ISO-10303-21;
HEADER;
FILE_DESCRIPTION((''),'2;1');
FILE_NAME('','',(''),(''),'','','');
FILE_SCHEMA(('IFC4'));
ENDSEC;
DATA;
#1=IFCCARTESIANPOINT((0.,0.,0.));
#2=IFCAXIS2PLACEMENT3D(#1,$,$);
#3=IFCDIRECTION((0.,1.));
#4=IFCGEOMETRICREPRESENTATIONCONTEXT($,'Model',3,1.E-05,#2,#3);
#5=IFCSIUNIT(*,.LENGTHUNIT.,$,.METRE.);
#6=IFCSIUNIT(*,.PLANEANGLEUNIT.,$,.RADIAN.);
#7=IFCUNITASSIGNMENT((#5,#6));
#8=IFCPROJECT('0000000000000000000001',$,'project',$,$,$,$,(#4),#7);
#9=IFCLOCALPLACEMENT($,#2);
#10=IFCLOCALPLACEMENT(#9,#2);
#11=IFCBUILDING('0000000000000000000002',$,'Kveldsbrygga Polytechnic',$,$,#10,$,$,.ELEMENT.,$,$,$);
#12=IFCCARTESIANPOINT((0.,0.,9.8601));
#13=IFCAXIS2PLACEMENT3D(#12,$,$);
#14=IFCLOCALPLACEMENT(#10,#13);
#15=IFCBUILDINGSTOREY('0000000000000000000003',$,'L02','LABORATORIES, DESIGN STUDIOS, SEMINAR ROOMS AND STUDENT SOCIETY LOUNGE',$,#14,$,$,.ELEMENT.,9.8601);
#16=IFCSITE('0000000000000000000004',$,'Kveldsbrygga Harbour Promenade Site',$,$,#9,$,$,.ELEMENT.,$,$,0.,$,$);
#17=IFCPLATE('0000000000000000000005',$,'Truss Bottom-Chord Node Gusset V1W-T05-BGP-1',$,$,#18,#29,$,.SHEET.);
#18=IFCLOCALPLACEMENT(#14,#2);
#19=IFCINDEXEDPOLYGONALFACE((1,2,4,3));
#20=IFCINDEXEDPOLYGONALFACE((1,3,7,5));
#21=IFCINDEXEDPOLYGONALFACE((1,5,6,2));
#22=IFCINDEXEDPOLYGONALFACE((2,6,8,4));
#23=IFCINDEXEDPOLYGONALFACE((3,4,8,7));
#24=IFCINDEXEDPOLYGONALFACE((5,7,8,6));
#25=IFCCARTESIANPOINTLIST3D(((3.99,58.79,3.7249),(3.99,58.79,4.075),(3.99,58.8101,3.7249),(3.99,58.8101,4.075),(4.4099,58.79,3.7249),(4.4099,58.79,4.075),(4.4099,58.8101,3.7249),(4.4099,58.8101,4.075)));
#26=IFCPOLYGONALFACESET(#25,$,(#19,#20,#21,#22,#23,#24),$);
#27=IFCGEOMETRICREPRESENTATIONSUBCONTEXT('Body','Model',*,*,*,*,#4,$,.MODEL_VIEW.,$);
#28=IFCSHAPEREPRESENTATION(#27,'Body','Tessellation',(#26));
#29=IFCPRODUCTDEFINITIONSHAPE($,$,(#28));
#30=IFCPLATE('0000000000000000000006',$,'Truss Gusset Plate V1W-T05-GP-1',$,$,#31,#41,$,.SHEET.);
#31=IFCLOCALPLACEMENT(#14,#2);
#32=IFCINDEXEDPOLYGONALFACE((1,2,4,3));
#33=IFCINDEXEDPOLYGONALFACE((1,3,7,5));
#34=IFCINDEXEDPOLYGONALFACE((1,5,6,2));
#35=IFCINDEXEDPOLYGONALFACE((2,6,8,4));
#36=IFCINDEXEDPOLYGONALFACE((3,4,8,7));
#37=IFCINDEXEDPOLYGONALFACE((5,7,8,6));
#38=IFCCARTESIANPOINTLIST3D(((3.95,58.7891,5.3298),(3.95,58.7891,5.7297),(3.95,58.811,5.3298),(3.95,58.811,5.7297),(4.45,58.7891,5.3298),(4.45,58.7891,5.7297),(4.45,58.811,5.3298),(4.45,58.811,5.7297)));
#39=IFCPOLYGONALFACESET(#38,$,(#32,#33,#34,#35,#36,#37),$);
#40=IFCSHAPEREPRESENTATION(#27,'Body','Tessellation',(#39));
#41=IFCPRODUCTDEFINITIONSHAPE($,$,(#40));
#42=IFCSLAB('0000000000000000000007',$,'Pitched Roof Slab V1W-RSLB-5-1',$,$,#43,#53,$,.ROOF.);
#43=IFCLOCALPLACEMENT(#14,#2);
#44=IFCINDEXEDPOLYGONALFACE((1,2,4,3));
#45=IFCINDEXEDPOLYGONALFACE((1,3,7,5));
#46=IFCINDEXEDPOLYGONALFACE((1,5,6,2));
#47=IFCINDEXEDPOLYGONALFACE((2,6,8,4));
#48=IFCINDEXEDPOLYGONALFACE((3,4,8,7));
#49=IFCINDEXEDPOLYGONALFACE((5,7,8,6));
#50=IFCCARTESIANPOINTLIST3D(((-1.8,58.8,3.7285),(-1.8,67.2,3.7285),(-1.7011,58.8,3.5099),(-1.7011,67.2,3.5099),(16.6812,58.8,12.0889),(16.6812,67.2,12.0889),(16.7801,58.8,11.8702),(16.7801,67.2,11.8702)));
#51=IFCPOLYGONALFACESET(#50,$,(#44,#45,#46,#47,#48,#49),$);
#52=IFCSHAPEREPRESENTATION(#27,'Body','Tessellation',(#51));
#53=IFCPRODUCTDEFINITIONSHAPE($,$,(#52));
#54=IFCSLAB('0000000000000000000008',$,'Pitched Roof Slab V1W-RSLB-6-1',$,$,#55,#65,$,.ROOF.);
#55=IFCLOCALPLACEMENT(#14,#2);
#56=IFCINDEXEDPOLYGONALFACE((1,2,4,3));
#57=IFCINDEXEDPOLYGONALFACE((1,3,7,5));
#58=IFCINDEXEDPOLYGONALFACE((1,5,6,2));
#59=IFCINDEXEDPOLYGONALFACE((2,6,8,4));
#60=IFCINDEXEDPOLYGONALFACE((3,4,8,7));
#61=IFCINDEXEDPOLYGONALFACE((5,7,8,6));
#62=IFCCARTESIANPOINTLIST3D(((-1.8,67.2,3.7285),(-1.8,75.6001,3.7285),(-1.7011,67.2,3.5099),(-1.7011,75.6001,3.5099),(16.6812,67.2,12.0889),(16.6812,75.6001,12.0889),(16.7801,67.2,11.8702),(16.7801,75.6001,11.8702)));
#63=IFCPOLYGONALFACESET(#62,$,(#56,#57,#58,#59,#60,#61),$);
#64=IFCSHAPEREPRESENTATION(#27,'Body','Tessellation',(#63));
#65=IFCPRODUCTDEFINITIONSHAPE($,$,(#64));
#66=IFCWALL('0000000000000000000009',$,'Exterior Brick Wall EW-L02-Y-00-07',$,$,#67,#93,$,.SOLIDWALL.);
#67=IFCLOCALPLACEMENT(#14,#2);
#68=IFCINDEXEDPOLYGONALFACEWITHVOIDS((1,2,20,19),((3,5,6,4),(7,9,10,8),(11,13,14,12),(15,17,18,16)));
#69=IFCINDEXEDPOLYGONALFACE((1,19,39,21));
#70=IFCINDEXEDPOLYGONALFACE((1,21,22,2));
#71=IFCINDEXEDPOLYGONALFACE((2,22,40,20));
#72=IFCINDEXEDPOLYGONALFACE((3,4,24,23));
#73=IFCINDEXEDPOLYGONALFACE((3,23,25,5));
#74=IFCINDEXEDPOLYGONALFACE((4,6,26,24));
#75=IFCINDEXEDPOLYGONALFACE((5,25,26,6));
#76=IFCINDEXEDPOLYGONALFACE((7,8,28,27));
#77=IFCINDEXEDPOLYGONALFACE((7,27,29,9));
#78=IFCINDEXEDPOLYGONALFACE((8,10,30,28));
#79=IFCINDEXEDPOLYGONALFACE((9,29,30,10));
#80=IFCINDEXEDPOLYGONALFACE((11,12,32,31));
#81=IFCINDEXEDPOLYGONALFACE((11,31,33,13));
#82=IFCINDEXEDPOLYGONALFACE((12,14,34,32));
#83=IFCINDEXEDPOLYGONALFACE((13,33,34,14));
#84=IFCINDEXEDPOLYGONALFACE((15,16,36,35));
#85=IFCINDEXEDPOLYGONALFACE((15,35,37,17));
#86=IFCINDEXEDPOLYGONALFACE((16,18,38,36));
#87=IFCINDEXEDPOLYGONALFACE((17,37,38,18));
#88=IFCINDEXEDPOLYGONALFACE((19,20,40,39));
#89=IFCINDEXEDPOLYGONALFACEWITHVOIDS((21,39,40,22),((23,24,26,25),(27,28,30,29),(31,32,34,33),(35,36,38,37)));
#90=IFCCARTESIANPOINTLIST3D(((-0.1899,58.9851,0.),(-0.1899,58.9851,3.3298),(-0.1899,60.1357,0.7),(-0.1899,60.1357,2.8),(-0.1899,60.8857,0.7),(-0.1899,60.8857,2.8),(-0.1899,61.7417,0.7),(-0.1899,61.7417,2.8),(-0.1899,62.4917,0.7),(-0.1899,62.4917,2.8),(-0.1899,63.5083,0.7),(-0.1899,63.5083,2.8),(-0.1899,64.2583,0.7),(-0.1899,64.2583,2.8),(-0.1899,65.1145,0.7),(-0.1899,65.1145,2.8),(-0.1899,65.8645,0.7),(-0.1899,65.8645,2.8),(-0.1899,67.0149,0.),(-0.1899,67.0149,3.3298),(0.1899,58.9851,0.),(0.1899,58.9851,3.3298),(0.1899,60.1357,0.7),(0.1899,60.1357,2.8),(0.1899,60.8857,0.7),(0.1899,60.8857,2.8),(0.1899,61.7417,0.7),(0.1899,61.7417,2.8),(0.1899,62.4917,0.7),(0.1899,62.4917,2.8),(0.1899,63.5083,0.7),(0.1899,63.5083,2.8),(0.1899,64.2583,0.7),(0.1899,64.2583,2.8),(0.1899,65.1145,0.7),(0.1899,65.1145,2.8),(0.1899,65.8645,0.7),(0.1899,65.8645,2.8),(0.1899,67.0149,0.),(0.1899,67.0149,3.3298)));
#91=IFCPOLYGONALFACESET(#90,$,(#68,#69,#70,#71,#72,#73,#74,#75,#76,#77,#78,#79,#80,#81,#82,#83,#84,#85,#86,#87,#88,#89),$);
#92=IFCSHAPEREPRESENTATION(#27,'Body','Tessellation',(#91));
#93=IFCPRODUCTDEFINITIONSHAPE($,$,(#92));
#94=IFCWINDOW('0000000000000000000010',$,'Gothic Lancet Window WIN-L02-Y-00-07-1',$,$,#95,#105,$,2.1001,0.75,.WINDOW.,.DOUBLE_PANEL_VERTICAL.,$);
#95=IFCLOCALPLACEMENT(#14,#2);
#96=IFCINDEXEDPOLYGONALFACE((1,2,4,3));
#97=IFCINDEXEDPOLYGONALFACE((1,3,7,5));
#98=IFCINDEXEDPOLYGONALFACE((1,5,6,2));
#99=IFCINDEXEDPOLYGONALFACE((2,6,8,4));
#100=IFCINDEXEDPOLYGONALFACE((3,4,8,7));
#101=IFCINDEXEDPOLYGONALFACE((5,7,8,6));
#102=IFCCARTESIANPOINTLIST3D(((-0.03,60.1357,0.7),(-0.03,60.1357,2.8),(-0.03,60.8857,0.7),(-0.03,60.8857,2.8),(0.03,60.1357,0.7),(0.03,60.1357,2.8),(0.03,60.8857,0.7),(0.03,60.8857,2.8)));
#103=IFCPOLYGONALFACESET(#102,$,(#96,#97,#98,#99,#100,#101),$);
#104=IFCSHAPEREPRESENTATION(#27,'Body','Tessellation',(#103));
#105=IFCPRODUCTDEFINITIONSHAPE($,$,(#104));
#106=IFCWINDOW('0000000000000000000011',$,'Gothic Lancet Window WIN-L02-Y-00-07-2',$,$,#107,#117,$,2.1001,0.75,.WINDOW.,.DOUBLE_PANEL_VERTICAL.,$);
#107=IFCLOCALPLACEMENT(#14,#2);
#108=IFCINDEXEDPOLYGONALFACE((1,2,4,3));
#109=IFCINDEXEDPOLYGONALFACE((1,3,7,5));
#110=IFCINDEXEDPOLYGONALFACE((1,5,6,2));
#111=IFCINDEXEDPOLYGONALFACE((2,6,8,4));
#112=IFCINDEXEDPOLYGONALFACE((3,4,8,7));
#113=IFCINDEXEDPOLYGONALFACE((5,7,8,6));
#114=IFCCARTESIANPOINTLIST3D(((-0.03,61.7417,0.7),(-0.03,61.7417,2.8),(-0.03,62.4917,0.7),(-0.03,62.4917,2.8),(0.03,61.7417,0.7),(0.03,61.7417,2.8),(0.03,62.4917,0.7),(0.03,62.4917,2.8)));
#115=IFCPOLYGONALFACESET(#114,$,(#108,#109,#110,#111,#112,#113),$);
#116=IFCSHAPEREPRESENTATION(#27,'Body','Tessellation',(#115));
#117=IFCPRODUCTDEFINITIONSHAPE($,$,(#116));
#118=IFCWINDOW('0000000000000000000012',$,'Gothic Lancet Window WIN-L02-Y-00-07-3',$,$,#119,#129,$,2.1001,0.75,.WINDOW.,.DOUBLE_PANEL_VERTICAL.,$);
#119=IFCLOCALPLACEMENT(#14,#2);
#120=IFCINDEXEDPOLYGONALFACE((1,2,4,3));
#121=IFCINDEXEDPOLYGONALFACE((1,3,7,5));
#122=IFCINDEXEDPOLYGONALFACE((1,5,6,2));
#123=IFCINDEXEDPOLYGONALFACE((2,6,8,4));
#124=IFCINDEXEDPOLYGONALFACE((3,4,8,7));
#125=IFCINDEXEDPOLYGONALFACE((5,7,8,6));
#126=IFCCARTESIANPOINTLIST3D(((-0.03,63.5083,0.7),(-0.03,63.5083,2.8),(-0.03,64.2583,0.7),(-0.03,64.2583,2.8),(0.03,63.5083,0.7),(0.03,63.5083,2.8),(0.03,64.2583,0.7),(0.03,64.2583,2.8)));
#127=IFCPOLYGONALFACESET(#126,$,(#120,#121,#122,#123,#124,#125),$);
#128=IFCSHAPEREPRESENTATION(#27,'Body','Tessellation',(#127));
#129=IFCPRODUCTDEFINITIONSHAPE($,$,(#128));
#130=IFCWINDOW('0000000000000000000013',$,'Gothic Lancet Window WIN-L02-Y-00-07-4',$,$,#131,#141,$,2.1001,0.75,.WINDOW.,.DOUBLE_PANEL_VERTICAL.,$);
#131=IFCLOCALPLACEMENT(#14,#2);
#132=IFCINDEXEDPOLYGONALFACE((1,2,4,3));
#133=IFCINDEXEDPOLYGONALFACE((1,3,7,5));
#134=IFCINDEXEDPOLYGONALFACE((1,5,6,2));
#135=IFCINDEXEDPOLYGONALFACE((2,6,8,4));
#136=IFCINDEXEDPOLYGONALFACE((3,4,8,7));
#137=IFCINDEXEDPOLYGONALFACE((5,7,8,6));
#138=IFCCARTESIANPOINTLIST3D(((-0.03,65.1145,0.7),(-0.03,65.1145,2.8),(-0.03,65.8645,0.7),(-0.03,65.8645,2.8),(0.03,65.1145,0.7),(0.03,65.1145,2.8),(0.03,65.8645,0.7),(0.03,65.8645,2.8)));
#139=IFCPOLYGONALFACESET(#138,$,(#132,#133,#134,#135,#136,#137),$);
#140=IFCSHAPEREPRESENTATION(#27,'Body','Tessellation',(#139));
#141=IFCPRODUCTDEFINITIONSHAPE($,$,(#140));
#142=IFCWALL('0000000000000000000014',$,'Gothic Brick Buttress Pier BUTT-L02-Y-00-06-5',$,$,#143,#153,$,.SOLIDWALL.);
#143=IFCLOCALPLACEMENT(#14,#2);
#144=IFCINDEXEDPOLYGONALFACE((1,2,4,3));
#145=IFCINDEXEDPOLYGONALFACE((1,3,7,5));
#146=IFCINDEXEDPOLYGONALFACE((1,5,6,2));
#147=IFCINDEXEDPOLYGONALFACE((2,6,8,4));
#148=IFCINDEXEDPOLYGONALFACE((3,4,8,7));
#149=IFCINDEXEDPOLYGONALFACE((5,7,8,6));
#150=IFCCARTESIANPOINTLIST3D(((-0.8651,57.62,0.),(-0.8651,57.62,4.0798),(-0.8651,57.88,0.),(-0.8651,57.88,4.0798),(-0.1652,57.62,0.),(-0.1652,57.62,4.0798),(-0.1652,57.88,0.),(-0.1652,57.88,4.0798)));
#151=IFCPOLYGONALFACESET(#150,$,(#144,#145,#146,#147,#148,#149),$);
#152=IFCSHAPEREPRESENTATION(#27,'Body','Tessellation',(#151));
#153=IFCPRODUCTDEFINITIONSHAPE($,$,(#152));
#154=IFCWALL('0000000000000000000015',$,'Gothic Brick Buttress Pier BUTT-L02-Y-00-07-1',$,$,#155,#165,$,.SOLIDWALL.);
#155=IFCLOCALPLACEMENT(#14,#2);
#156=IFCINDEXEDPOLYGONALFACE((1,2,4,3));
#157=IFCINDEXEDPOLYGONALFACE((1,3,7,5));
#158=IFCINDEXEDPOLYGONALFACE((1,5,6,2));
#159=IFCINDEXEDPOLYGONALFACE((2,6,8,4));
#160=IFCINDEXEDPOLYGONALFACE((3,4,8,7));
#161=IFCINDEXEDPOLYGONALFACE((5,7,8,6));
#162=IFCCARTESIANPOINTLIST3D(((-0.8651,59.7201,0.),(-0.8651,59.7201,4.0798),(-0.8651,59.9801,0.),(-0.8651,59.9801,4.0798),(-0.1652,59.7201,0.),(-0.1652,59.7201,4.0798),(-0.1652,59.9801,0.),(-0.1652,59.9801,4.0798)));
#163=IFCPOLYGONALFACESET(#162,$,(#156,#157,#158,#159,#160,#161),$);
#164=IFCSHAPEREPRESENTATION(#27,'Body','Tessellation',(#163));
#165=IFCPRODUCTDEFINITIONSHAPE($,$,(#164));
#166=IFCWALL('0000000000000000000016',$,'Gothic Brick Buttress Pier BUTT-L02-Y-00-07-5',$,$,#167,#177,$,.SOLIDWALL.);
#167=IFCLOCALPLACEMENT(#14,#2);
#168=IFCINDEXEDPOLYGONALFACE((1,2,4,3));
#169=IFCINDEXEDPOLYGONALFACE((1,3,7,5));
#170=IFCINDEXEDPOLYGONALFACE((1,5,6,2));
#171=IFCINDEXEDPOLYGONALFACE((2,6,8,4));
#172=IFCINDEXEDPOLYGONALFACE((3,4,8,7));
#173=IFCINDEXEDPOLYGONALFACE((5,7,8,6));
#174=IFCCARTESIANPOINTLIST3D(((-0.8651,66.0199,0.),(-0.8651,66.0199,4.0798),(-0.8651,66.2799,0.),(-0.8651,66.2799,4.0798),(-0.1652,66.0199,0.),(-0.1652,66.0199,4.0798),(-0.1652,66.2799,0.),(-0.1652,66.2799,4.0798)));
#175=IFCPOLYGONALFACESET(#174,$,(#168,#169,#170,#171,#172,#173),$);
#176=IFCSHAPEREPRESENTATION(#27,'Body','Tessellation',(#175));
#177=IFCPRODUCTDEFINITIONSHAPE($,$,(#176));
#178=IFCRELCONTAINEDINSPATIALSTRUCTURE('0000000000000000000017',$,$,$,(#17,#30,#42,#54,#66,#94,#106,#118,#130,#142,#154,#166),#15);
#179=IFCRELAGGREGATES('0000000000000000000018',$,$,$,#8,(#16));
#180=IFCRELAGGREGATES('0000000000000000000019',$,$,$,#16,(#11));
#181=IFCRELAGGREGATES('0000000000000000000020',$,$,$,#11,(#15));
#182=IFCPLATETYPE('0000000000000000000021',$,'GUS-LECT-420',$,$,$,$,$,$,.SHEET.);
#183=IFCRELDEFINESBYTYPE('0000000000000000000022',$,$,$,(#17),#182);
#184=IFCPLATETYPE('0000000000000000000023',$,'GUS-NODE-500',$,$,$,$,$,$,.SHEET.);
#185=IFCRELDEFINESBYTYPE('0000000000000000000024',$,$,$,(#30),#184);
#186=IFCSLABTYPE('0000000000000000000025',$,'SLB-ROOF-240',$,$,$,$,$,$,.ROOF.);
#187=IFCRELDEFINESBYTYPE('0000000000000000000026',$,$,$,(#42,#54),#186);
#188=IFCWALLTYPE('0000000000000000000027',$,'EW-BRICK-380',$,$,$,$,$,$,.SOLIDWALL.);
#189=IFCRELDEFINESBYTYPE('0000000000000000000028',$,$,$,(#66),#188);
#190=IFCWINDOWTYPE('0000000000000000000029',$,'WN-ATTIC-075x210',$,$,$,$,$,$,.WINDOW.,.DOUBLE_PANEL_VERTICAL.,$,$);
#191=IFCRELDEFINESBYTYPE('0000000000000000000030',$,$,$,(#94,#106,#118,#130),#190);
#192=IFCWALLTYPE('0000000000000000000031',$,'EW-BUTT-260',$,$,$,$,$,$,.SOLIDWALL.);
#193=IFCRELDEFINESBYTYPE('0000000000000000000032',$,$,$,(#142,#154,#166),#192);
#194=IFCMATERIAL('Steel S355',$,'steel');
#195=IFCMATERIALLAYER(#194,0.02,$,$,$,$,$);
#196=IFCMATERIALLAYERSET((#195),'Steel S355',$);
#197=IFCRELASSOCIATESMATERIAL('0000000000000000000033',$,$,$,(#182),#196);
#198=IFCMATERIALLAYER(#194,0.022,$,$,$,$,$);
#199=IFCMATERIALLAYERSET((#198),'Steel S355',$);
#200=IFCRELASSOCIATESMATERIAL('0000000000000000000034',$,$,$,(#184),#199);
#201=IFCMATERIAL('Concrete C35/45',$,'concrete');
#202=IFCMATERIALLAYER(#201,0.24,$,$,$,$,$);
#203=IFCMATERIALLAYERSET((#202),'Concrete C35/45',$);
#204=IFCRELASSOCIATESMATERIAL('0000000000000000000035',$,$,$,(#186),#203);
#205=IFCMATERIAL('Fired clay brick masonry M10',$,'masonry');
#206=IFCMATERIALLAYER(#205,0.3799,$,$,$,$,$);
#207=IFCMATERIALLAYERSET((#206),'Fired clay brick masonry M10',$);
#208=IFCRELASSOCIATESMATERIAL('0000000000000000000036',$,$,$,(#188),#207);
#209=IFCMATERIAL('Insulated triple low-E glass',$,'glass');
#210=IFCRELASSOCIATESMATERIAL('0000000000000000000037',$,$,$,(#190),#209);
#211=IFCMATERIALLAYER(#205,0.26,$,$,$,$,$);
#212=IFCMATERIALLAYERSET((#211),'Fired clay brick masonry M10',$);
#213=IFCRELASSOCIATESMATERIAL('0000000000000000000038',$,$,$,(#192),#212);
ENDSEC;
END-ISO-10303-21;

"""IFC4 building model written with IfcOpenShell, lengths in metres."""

from ifc_helpers import new_model, si_unit, direction, frame, frame_2d, origin, origin_2d, place, context, subcontext, project, spatial, polyline, rectangle, outline, extrude, material, layer, layer_set, type_object, element, fill, save


model = new_model("IFC4")

# Units and contexts
model_context = context("Model", 3, precision=1e-05, world=origin(), true_north=direction((0.0, 1.0)))
body_context = subcontext(model_context, "Body", "Model", "MODEL_VIEW")
ifc_project = project(units=[si_unit("LENGTHUNIT", "METRE"), si_unit("PLANEANGLEUNIT", "RADIAN")], contexts=[model_context])

# Site, building, storey
site_placement = place(None, origin())
site = spatial("IfcSite", under=ifc_project, at=site_placement, Name="Kveldsbrygga Harbour Promenade Site", CompositionType="ELEMENT", RefElevation=0.0)
building_placement = place(site_placement, origin())
building = spatial("IfcBuilding", under=site, at=building_placement, Name="Kveldsbrygga Polytechnic", CompositionType="ELEMENT")
storey_placement = place(building_placement, frame((0.0, 0.0, 9.8601)))
storey = spatial("IfcBuildingStorey", under=building, at=storey_placement, Name="L02", Description="LABORATORIES, DESIGN STUDIOS, SEMINAR ROOMS AND STUDENT SOCIETY LOUNGE", CompositionType="ELEMENT", Elevation=9.8601)

# Shared definitions
ifc_material_1 = material(Name="Steel S355", Category="steel")

# Plates
ifc_layer_1 = layer(ifc_material_1, 0.02)
ifc_layer_set_1 = layer_set([ifc_layer_1], Name="Steel S355")
plate_type_1 = type_object("IfcPlateType", Name="GUS-LECT-420", PredefinedType="SHEET", material=ifc_layer_set_1)
plate_1_placement = place(storey_placement, frame((4.2, 58.8, 3.7249), z_axis=(0.0, 0.0, 1.0), x_axis=(1.0, 0.0, 0.0)))
element("IfcPlate", 1, at=plate_1_placement, inside=storey, type_object=plate_type_1, Name="Truss Bottom-Chord Node Gusset V1W-T05-BGP-1", PredefinedType="SHEET", context=body_context, shape_type="SweptSolid", body=[
    extrude(rectangle(XDim=0.4199, YDim=0.02, at=origin_2d()), origin(), (0.0, 0.0, 1.0), 0.3501),
])
ifc_layer_2 = layer(ifc_material_1, 0.022)
ifc_layer_set_2 = layer_set([ifc_layer_2], Name="Steel S355")
plate_type_2 = type_object("IfcPlateType", Name="GUS-NODE-500", PredefinedType="SHEET", material=ifc_layer_set_2)
plate_2_placement = place(storey_placement, frame((4.2, 58.8, 5.3298), z_axis=(0.0, 0.0, 1.0), x_axis=(1.0, 0.0, 0.0)))
element("IfcPlate", 2, at=plate_2_placement, inside=storey, type_object=plate_type_2, Name="Truss Gusset Plate V1W-T05-GP-1", PredefinedType="SHEET", context=body_context, shape_type="SweptSolid", body=[
    extrude(rectangle(XDim=0.5, YDim=0.022, at=origin_2d()), origin(), (0.0, 0.0, 1.0), 0.3999),
])

# Slabs
ifc_material_2 = material(Name="Concrete C35/45", Category="concrete")
ifc_layer_3 = layer(ifc_material_2, 0.24)
ifc_layer_set_3 = layer_set([ifc_layer_3], Name="Concrete C35/45")
slab_type = type_object("IfcSlabType", Name="SLB-ROOF-240", PredefinedType="ROOF", material=ifc_layer_set_3)
slab_1_placement = place(storey_placement, frame((-1.8, 58.8, 3.7285), z_axis=(-0.41216, 0.0, 0.911111), x_axis=(0.911111, 0.0, 0.41216)))
element("IfcSlab", 3, at=slab_1_placement, inside=storey, type_object=slab_type, Name="Pitched Roof Slab V1W-RSLB-5-1", PredefinedType="ROOF", context=body_context, shape_type="SweptSolid", body=[
    extrude(outline(polyline([(0.0, 0.0), (20.2842, 0.0), (20.2842, 8.3999), (0.0, 8.3999), (0.0, 0.0)])), origin(), (0.0, 0.0, -1.0), 0.24),
])
slab_2_placement = place(storey_placement, frame((-1.8, 67.2, 3.7285), z_axis=(-0.41216, 0.0, 0.911111), x_axis=(0.911111, 0.0, 0.41216)))
element("IfcSlab", 4, at=slab_2_placement, inside=storey, type_object=slab_type, Name="Pitched Roof Slab V1W-RSLB-6-1", PredefinedType="ROOF", context=body_context, shape_type="SweptSolid", body=[
    extrude(outline(polyline([(0.0, 0.0), (20.2842, 0.0), (20.2842, 8.4001), (0.0, 8.4001), (0.0, 0.0)])), origin(), (0.0, 0.0, -1.0), 0.24),
])

# Wall, openings, windows
ifc_material_3 = material(Name="Fired clay brick masonry M10", Category="masonry")
ifc_layer_4 = layer(ifc_material_3, 0.3799)
ifc_layer_set_4 = layer_set([ifc_layer_4], Name="Fired clay brick masonry M10")
wall_type_1 = type_object("IfcWallType", Name="EW-BRICK-380", PredefinedType="SOLIDWALL", material=ifc_layer_set_4)
wall_placement = place(storey_placement, frame((0.0, 58.9851, 0.0), z_axis=(0.0, 0.0, 1.0), x_axis=(0.0, 1.0, 0.0)))
wall = element("IfcWall", 5, at=wall_placement, inside=storey, type_object=wall_type_1, Name="Exterior Brick Wall EW-L02-Y-00-07", PredefinedType="SOLIDWALL", context=body_context, shape_type="SweptSolid", body=[
    extrude(rectangle(XDim=8.0298, YDim=0.3799, at=frame_2d((4.0149, 0.0))), origin(), (0.0, 0.0, 1.0), 3.3298),
])
opening_1_placement = place(wall_placement, frame((1.1506, 0.0, 0.7)))
opening_1 = element("IfcOpeningElement", 6, at=opening_1_placement, cuts=wall, PredefinedType="OPENING", context=body_context, shape_type="SweptSolid", body=[
    extrude(rectangle(XDim=0.75, YDim=2.1001, at=frame_2d((0.375, 1.05))), frame((0.0, 0.2, 0.0), z_axis=(0.0, -1.0, 0.0), x_axis=(1.0, 0.0, 0.0)), (0.0, 0.0, 1.0), 0.3999),
])
opening_2_placement = place(wall_placement, frame((2.7566, 0.0, 0.7)))
opening_2 = element("IfcOpeningElement", 7, at=opening_2_placement, cuts=wall, PredefinedType="OPENING", context=body_context, shape_type="SweptSolid", body=[
    extrude(rectangle(XDim=0.75, YDim=2.1001, at=frame_2d((0.375, 1.05))), frame((0.0, 0.2, 0.0), z_axis=(0.0, -1.0, 0.0), x_axis=(1.0, 0.0, 0.0)), (0.0, 0.0, 1.0), 0.3999),
])
opening_3_placement = place(wall_placement, frame((4.5232, 0.0, 0.7)))
opening_3 = element("IfcOpeningElement", 8, at=opening_3_placement, cuts=wall, PredefinedType="OPENING", context=body_context, shape_type="SweptSolid", body=[
    extrude(rectangle(XDim=0.75, YDim=2.1001, at=frame_2d((0.375, 1.05))), frame((0.0, 0.2, 0.0), z_axis=(0.0, -1.0, 0.0), x_axis=(1.0, 0.0, 0.0)), (0.0, 0.0, 1.0), 0.3999),
])
opening_4_placement = place(wall_placement, frame((6.1294, 0.0, 0.7)))
opening_4 = element("IfcOpeningElement", 9, at=opening_4_placement, cuts=wall, PredefinedType="OPENING", context=body_context, shape_type="SweptSolid", body=[
    extrude(rectangle(XDim=0.75, YDim=2.1001, at=frame_2d((0.375, 1.05))), frame((0.0, 0.2, 0.0), z_axis=(0.0, -1.0, 0.0), x_axis=(1.0, 0.0, 0.0)), (0.0, 0.0, 1.0), 0.3999),
])
ifc_material_4 = material(Name="Insulated triple low-E glass", Category="glass")
window_type = type_object("IfcWindowType", Name="WN-ATTIC-075x210", PartitioningType="DOUBLE_PANEL_VERTICAL", PredefinedType="WINDOW", material=ifc_material_4)
window_1_placement = place(opening_1_placement, origin())
window_1 = element("IfcWindow", 10, at=window_1_placement, inside=storey, type_object=window_type, Name="Gothic Lancet Window WIN-L02-Y-00-07-1", OverallHeight=2.1001, OverallWidth=0.75, PartitioningType="DOUBLE_PANEL_VERTICAL", PredefinedType="WINDOW", context=body_context, shape_type="SweptSolid", body=[
    extrude(rectangle(XDim=0.75, YDim=2.1001, at=frame_2d((0.375, 1.05))), frame((0.0, 0.03, 0.0), z_axis=(0.0, -1.0, 0.0), x_axis=(1.0, 0.0, 0.0)), (0.0, 0.0, 1.0), 0.0601),
])
fill(opening_1, window_1)
window_2_placement = place(opening_2_placement, origin())
window_2 = element("IfcWindow", 11, at=window_2_placement, inside=storey, type_object=window_type, Name="Gothic Lancet Window WIN-L02-Y-00-07-2", OverallHeight=2.1001, OverallWidth=0.75, PartitioningType="DOUBLE_PANEL_VERTICAL", PredefinedType="WINDOW", context=body_context, shape_type="SweptSolid", body=[
    extrude(rectangle(XDim=0.75, YDim=2.1001, at=frame_2d((0.375, 1.05))), frame((0.0, 0.03, 0.0), z_axis=(0.0, -1.0, 0.0), x_axis=(1.0, 0.0, 0.0)), (0.0, 0.0, 1.0), 0.0601),
])
fill(opening_2, window_2)
window_3_placement = place(opening_3_placement, origin())
window_3 = element("IfcWindow", 12, at=window_3_placement, inside=storey, type_object=window_type, Name="Gothic Lancet Window WIN-L02-Y-00-07-3", OverallHeight=2.1001, OverallWidth=0.75, PartitioningType="DOUBLE_PANEL_VERTICAL", PredefinedType="WINDOW", context=body_context, shape_type="SweptSolid", body=[
    extrude(rectangle(XDim=0.75, YDim=2.1001, at=frame_2d((0.375, 1.05))), frame((0.0, 0.03, 0.0), z_axis=(0.0, -1.0, 0.0), x_axis=(1.0, 0.0, 0.0)), (0.0, 0.0, 1.0), 0.0601),
])
fill(opening_3, window_3)
window_4_placement = place(opening_4_placement, origin())
window_4 = element("IfcWindow", 13, at=window_4_placement, inside=storey, type_object=window_type, Name="Gothic Lancet Window WIN-L02-Y-00-07-4", OverallHeight=2.1001, OverallWidth=0.75, PartitioningType="DOUBLE_PANEL_VERTICAL", PredefinedType="WINDOW", context=body_context, shape_type="SweptSolid", body=[
    extrude(rectangle(XDim=0.75, YDim=2.1001, at=frame_2d((0.375, 1.05))), frame((0.0, 0.03, 0.0), z_axis=(0.0, -1.0, 0.0), x_axis=(1.0, 0.0, 0.0)), (0.0, 0.0, 1.0), 0.0601),
])
fill(opening_4, window_4)

# Walls
ifc_layer_5 = layer(ifc_material_3, 0.26)
ifc_layer_set_5 = layer_set([ifc_layer_5], Name="Fired clay brick masonry M10")
wall_type_2 = type_object("IfcWallType", Name="EW-BUTT-260", PredefinedType="SOLIDWALL", material=ifc_layer_set_5)
for number, where, z_axis, x_axis, name in (
    (14, (-0.165, 57.75, 0.0), (0.0, 0.0, 1.0), (-1.0, 0.0, 0.0), "Gothic Brick Buttress Pier BUTT-L02-Y-00-06-5"),
    (15, (-0.165, 59.8501, 0.0), (0.0, 0.0, 1.0), (-1.0, 0.0, 0.0), "Gothic Brick Buttress Pier BUTT-L02-Y-00-07-1"),
    (16, (-0.165, 66.1499, 0.0), (0.0, 0.0, 1.0), (-1.0, 0.0, 0.0), "Gothic Brick Buttress Pier BUTT-L02-Y-00-07-5"),
):
    element("IfcWall", number, at=place(storey_placement, frame(where, z_axis=z_axis, x_axis=x_axis)), inside=storey, type_object=wall_type_2, Name=name, PredefinedType="SOLIDWALL", context=body_context, shape_type="SweptSolid", body=[
        extrude(rectangle(XDim=0.7, YDim=0.26, at=frame_2d((0.3501, 0.0))), origin(), (0.0, 0.0, 1.0), 4.0798),
    ])

save(model, "model.ifc")
